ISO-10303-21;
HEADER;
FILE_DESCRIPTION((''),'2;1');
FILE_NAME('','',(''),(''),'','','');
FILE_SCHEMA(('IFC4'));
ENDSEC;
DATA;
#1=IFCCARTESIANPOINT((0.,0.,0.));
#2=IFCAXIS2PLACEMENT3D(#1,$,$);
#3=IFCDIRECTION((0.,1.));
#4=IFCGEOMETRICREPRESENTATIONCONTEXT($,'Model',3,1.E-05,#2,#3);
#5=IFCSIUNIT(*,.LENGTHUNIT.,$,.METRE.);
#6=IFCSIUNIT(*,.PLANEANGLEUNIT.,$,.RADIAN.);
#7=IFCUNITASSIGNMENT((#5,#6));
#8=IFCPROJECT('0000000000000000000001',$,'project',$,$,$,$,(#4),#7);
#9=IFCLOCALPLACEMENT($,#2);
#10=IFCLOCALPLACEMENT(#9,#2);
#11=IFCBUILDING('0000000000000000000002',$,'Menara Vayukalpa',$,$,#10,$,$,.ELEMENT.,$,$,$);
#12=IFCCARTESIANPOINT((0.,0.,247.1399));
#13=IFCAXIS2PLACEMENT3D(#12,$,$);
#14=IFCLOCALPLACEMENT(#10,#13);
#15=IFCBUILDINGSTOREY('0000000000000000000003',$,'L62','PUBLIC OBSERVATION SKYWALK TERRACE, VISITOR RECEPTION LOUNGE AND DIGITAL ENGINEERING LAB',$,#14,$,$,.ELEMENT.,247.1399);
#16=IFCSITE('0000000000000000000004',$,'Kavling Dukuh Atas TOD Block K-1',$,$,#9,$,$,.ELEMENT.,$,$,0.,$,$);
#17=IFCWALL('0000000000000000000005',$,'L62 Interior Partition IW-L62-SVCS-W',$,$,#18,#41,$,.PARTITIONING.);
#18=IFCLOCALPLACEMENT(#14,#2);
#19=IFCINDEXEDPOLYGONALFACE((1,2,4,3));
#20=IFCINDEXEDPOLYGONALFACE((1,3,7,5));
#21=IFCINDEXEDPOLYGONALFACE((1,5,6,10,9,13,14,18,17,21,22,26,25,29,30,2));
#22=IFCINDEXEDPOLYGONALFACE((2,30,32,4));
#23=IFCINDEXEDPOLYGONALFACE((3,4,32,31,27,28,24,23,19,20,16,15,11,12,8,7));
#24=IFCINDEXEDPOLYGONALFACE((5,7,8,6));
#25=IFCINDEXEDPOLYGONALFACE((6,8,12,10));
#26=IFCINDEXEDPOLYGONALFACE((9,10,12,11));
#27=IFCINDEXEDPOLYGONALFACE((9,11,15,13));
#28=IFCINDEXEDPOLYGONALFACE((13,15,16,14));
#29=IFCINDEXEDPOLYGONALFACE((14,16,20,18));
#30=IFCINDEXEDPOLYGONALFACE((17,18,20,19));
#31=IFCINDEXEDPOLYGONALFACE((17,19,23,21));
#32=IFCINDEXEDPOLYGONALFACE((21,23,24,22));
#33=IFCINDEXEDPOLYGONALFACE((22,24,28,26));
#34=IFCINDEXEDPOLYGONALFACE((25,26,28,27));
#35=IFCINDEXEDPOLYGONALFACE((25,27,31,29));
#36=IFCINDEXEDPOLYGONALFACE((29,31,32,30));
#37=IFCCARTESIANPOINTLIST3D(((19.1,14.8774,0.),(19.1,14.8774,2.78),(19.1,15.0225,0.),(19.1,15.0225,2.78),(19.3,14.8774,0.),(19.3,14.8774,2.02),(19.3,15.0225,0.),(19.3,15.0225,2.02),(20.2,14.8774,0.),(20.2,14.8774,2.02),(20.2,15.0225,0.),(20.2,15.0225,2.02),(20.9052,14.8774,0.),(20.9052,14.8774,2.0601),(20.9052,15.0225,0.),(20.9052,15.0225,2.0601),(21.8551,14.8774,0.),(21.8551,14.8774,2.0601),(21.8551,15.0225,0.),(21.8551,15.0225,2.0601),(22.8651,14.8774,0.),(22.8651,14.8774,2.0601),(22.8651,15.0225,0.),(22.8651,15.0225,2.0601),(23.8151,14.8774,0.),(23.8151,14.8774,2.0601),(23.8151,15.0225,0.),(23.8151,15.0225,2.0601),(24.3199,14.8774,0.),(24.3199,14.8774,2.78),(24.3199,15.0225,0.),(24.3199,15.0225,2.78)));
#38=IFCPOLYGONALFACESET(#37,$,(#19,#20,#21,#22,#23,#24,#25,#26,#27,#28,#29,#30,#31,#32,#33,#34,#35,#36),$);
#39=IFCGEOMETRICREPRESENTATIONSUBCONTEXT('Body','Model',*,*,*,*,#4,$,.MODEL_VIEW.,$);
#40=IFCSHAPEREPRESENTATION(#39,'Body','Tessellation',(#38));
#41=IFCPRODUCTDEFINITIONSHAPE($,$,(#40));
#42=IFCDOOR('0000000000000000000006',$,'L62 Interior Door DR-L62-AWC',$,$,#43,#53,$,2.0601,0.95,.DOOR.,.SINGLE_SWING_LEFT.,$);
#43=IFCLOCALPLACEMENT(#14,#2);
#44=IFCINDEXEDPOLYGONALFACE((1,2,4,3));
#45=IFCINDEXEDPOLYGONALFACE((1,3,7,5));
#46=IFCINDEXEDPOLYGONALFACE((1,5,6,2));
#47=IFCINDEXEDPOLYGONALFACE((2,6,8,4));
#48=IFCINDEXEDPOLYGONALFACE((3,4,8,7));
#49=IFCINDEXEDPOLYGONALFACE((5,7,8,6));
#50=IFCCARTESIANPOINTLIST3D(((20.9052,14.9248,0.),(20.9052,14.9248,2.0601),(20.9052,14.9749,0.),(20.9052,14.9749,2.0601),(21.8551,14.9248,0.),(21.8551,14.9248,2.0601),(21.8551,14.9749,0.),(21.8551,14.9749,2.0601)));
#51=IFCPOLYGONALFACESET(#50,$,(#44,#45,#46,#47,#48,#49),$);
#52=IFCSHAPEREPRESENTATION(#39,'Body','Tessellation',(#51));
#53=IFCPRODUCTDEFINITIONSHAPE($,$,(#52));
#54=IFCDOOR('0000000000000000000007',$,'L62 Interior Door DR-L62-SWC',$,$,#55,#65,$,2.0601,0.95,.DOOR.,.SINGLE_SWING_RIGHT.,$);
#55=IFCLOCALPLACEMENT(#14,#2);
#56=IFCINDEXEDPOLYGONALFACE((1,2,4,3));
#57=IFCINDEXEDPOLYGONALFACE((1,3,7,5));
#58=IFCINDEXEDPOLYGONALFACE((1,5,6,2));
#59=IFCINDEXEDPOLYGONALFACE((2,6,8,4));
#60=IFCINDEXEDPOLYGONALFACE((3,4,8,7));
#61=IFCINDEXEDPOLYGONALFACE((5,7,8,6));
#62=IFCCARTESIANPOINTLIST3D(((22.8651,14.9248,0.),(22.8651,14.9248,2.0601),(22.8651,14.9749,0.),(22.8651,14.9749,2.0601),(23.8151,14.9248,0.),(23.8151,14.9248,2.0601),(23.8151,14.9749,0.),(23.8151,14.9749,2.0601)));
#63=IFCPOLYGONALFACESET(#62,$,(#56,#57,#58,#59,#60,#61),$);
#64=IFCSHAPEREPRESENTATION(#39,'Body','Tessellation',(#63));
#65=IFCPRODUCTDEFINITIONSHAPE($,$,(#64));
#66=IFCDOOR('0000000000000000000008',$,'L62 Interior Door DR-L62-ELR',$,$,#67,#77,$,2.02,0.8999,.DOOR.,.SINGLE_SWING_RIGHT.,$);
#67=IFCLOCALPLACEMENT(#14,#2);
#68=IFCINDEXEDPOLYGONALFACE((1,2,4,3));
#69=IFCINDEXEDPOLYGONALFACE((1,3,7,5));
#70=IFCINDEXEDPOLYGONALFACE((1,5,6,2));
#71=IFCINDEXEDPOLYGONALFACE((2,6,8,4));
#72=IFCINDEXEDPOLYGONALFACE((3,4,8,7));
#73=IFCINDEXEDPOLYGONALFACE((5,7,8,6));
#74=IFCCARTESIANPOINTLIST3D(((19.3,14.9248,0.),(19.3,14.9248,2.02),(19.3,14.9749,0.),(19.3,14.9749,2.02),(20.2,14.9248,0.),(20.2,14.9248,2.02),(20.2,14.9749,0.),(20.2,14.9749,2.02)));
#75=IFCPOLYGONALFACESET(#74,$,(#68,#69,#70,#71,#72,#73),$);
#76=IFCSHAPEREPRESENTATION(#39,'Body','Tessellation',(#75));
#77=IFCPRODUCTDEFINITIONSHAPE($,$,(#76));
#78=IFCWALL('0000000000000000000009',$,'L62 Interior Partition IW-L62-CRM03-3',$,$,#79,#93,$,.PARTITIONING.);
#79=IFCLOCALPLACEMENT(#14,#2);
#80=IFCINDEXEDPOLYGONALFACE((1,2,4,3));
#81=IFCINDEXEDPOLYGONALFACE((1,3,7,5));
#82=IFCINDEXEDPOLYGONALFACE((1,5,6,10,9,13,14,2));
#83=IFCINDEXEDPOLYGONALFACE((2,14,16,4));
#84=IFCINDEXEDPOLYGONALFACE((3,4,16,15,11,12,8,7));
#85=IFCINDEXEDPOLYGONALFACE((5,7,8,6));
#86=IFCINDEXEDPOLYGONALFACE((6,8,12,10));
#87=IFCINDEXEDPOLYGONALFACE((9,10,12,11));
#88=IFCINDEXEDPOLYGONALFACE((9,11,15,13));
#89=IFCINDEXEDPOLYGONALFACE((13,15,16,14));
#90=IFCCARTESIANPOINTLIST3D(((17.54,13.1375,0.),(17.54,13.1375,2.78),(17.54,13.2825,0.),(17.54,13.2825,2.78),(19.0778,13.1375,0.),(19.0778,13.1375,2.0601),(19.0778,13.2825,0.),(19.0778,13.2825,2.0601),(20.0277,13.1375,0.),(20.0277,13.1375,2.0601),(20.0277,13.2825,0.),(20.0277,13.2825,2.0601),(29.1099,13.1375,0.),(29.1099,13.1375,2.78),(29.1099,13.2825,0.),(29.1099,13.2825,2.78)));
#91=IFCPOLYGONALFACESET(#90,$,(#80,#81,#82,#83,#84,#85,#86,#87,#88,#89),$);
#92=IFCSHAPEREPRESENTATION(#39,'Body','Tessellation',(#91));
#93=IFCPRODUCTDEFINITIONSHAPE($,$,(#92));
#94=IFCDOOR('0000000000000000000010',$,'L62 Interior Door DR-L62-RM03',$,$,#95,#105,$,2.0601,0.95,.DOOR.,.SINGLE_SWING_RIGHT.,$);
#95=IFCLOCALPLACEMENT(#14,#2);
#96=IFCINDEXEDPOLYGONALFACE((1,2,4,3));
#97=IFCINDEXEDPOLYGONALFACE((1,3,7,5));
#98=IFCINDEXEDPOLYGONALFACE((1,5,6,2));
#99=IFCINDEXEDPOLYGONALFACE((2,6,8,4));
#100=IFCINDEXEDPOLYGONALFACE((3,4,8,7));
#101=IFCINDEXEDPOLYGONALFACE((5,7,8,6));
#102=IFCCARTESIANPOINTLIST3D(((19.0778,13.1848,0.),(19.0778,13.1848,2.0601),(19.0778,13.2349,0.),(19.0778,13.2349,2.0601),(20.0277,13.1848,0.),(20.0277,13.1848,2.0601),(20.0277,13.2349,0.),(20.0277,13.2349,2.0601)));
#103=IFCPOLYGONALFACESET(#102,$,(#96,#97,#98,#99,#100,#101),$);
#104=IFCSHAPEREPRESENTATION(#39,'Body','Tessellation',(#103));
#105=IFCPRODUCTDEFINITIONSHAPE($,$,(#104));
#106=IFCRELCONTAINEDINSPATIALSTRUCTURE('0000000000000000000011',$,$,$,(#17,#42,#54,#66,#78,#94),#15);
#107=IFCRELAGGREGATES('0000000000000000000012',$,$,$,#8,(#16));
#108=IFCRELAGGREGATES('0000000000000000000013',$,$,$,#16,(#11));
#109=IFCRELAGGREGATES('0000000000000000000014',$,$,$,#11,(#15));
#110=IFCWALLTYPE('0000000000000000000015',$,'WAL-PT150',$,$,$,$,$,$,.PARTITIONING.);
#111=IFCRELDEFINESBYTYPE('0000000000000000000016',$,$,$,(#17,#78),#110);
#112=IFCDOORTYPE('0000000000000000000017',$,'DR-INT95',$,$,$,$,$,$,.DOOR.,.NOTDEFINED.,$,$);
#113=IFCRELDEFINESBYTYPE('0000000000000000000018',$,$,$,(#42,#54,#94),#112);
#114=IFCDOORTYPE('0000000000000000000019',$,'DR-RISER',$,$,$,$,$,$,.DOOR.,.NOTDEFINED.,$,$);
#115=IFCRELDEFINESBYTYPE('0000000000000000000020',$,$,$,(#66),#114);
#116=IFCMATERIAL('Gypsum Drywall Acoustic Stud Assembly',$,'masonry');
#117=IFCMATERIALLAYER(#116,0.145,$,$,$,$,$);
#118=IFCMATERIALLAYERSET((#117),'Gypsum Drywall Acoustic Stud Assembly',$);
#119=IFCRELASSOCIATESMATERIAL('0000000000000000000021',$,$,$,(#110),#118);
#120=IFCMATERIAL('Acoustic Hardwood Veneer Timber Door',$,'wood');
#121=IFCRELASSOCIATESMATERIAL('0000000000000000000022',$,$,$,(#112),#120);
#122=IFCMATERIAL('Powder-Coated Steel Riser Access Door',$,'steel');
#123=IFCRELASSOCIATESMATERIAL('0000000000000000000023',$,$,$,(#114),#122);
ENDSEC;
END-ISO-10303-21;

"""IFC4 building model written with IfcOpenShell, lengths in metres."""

from ifc_helpers import new_model, si_unit, direction, frame, frame_2d, origin, place, context, subcontext, project, spatial, rectangle, extrude, material, layer, layer_set, type_object, element, fill, save


model = new_model("IFC4")

# Units and contexts
model_context = context("Model", 3, precision=1e-05, world=origin(), true_north=direction((0.0, 1.0)))
body_context = subcontext(model_context, "Body", "Model", "MODEL_VIEW")
ifc_project = project(units=[si_unit("LENGTHUNIT", "METRE"), si_unit("PLANEANGLEUNIT", "RADIAN")], contexts=[model_context])

# Site, building, storey
site_placement = place(None, origin())
site = spatial("IfcSite", under=ifc_project, at=site_placement, Name="Kavling Dukuh Atas TOD Block K-1", CompositionType="ELEMENT", RefElevation=0.0)
building_placement = place(site_placement, origin())
building = spatial("IfcBuilding", under=site, at=building_placement, Name="Menara Vayukalpa", CompositionType="ELEMENT")
storey_placement = place(building_placement, frame((0.0, 0.0, 247.1399)))
storey = spatial("IfcBuildingStorey", under=building, at=storey_placement, Name="L62", Description="PUBLIC OBSERVATION SKYWALK TERRACE, VISITOR RECEPTION LOUNGE AND DIGITAL ENGINEERING LAB", CompositionType="ELEMENT", Elevation=247.1399)

# Wall, openings, doors
ifc_material_1 = material(Name="Gypsum Drywall Acoustic Stud Assembly", Category="masonry")
ifc_layer_1 = layer(ifc_material_1, 0.145)
ifc_layer_set_1 = layer_set([ifc_layer_1], Name="Gypsum Drywall Acoustic Stud Assembly")
wall_type_1 = type_object("IfcWallType", Name="WAL-PT150", PredefinedType="PARTITIONING", material=ifc_layer_set_1)
wall_1_placement = place(storey_placement, frame((19.1001, 14.95, 0.0), z_axis=(0.0, 0.0, 1.0), x_axis=(1.0, 0.0, 0.0)))
wall_1 = element("IfcWall", 1, at=wall_1_placement, inside=storey, type_object=wall_type_1, Name="L62 Interior Partition IW-L62-SVCS-W", PredefinedType="PARTITIONING", context=body_context, shape_type="SweptSolid", body=[
    extrude(rectangle(XDim=5.22, YDim=0.145, at=frame_2d((2.6099, 0.0))), origin(), (0.0, 0.0, 1.0), 2.78),
])
opening_1_placement = place(wall_1_placement, frame((0.2, 0.0, 0.0)))
opening_1 = element("IfcOpeningElement", 2, at=opening_1_placement, cuts=wall_1, PredefinedType="OPENING", context=body_context, shape_type="SweptSolid", body=[
    extrude(rectangle(XDim=0.8999, YDim=2.02, at=frame_2d((0.45, 1.01))), frame((0.0, 0.0825, 0.0), z_axis=(0.0, -1.0, 0.0), x_axis=(1.0, 0.0, 0.0)), (0.0, 0.0, 1.0), 0.165),
])
opening_2_placement = place(wall_1_placement, frame((1.8049, 0.0, 0.0)))
opening_2 = element("IfcOpeningElement", 3, at=opening_2_placement, cuts=wall_1, PredefinedType="OPENING", context=body_context, shape_type="SweptSolid", body=[
    extrude(rectangle(XDim=0.95, YDim=2.0601, at=frame_2d((0.4751, 1.03))), frame((0.0, 0.0825, 0.0), z_axis=(0.0, -1.0, 0.0), x_axis=(1.0, 0.0, 0.0)), (0.0, 0.0, 1.0), 0.165),
])
opening_3_placement = place(wall_1_placement, frame((3.7649, 0.0, 0.0)))
opening_3 = element("IfcOpeningElement", 4, at=opening_3_placement, cuts=wall_1, PredefinedType="OPENING", context=body_context, shape_type="SweptSolid", body=[
    extrude(rectangle(XDim=0.95, YDim=2.0601, at=frame_2d((0.4751, 1.03))), frame((0.0, 0.0825, 0.0), z_axis=(0.0, -1.0, 0.0), x_axis=(1.0, 0.0, 0.0)), (0.0, 0.0, 1.0), 0.165),
])
ifc_material_2 = material(Name="Acoustic Hardwood Veneer Timber Door", Category="wood")
door_type_1 = type_object("IfcDoorType", Name="DR-INT95", OperationType="NOTDEFINED", PredefinedType="DOOR", material=ifc_material_2)
door_1_placement = place(opening_2_placement, origin())
door_1 = element("IfcDoor", 5, at=door_1_placement, inside=storey, type_object=door_type_1, Name="L62 Interior Door DR-L62-AWC", OperationType="SINGLE_SWING_LEFT", OverallHeight=2.0601, OverallWidth=0.95, PredefinedType="DOOR", context=body_context, shape_type="SweptSolid", body=[
    extrude(rectangle(XDim=0.95, YDim=2.0601, at=frame_2d((0.4751, 1.03))), frame((0.0, 0.0249, 0.0), z_axis=(0.0, -1.0, 0.0), x_axis=(1.0, 0.0, 0.0)), (0.0, 0.0, 1.0), 0.05),
])
fill(opening_2, door_1)
door_2_placement = place(opening_3_placement, origin())
door_2 = element("IfcDoor", 6, at=door_2_placement, inside=storey, type_object=door_type_1, Name="L62 Interior Door DR-L62-SWC", OperationType="SINGLE_SWING_RIGHT", OverallHeight=2.0601, OverallWidth=0.95, PredefinedType="DOOR", context=body_context, shape_type="SweptSolid", body=[
    extrude(rectangle(XDim=0.95, YDim=2.0601, at=frame_2d((0.4751, 1.03))), frame((0.0, 0.0249, 0.0), z_axis=(0.0, -1.0, 0.0), x_axis=(1.0, 0.0, 0.0)), (0.0, 0.0, 1.0), 0.05),
])
fill(opening_3, door_2)
ifc_material_3 = material(Name="Powder-Coated Steel Riser Access Door", Category="steel")
door_type_2 = type_object("IfcDoorType", Name="DR-RISER", OperationType="NOTDEFINED", PredefinedType="DOOR", material=ifc_material_3)
door_3_placement = place(opening_1_placement, origin())
door_3 = element("IfcDoor", 7, at=door_3_placement, inside=storey, type_object=door_type_2, Name="L62 Interior Door DR-L62-ELR", OperationType="SINGLE_SWING_RIGHT", OverallHeight=2.02, OverallWidth=0.8999, PredefinedType="DOOR", context=body_context, shape_type="SweptSolid", body=[
    extrude(rectangle(XDim=0.8999, YDim=2.02, at=frame_2d((0.45, 1.01))), frame((0.0, 0.0249, 0.0), z_axis=(0.0, -1.0, 0.0), x_axis=(1.0, 0.0, 0.0)), (0.0, 0.0, 1.0), 0.05),
])
fill(opening_1, door_3)

# Wall, opening, door
wall_2_placement = place(storey_placement, frame((17.54, 13.21, 0.0), z_axis=(0.0, 0.0, 1.0), x_axis=(1.0, 0.0, 0.0)))
wall_2 = element("IfcWall", 8, at=wall_2_placement, inside=storey, type_object=wall_type_1, Name="L62 Interior Partition IW-L62-CRM03-3", PredefinedType="PARTITIONING", context=body_context, shape_type="SweptSolid", body=[
    extrude(rectangle(XDim=11.5698, YDim=0.145, at=frame_2d((5.7849, 0.0))), origin(), (0.0, 0.0, 1.0), 2.78),
])
opening_4_placement = place(wall_2_placement, frame((1.5376, 0.0, 0.0)))
opening_4 = element("IfcOpeningElement", 9, at=opening_4_placement, cuts=wall_2, PredefinedType="OPENING", context=body_context, shape_type="SweptSolid", body=[
    extrude(rectangle(XDim=0.95, YDim=2.0601, at=frame_2d((0.4751, 1.03))), frame((0.0, 0.0825, 0.0), z_axis=(0.0, -1.0, 0.0), x_axis=(1.0, 0.0, 0.0)), (0.0, 0.0, 1.0), 0.165),
])
door_4_placement = place(opening_4_placement, origin())
door_4 = element("IfcDoor", 10, at=door_4_placement, inside=storey, type_object=door_type_1, Name="L62 Interior Door DR-L62-RM03", OperationType="SINGLE_SWING_RIGHT", OverallHeight=2.0601, OverallWidth=0.95, PredefinedType="DOOR", context=body_context, shape_type="SweptSolid", body=[
    extrude(rectangle(XDim=0.95, YDim=2.0601, at=frame_2d((0.4751, 1.03))), frame((0.0, 0.0249, 0.0), z_axis=(0.0, -1.0, 0.0), x_axis=(1.0, 0.0, 0.0)), (0.0, 0.0, 1.0), 0.05),
])
fill(opening_4, door_4)

save(model, "model.ifc")
